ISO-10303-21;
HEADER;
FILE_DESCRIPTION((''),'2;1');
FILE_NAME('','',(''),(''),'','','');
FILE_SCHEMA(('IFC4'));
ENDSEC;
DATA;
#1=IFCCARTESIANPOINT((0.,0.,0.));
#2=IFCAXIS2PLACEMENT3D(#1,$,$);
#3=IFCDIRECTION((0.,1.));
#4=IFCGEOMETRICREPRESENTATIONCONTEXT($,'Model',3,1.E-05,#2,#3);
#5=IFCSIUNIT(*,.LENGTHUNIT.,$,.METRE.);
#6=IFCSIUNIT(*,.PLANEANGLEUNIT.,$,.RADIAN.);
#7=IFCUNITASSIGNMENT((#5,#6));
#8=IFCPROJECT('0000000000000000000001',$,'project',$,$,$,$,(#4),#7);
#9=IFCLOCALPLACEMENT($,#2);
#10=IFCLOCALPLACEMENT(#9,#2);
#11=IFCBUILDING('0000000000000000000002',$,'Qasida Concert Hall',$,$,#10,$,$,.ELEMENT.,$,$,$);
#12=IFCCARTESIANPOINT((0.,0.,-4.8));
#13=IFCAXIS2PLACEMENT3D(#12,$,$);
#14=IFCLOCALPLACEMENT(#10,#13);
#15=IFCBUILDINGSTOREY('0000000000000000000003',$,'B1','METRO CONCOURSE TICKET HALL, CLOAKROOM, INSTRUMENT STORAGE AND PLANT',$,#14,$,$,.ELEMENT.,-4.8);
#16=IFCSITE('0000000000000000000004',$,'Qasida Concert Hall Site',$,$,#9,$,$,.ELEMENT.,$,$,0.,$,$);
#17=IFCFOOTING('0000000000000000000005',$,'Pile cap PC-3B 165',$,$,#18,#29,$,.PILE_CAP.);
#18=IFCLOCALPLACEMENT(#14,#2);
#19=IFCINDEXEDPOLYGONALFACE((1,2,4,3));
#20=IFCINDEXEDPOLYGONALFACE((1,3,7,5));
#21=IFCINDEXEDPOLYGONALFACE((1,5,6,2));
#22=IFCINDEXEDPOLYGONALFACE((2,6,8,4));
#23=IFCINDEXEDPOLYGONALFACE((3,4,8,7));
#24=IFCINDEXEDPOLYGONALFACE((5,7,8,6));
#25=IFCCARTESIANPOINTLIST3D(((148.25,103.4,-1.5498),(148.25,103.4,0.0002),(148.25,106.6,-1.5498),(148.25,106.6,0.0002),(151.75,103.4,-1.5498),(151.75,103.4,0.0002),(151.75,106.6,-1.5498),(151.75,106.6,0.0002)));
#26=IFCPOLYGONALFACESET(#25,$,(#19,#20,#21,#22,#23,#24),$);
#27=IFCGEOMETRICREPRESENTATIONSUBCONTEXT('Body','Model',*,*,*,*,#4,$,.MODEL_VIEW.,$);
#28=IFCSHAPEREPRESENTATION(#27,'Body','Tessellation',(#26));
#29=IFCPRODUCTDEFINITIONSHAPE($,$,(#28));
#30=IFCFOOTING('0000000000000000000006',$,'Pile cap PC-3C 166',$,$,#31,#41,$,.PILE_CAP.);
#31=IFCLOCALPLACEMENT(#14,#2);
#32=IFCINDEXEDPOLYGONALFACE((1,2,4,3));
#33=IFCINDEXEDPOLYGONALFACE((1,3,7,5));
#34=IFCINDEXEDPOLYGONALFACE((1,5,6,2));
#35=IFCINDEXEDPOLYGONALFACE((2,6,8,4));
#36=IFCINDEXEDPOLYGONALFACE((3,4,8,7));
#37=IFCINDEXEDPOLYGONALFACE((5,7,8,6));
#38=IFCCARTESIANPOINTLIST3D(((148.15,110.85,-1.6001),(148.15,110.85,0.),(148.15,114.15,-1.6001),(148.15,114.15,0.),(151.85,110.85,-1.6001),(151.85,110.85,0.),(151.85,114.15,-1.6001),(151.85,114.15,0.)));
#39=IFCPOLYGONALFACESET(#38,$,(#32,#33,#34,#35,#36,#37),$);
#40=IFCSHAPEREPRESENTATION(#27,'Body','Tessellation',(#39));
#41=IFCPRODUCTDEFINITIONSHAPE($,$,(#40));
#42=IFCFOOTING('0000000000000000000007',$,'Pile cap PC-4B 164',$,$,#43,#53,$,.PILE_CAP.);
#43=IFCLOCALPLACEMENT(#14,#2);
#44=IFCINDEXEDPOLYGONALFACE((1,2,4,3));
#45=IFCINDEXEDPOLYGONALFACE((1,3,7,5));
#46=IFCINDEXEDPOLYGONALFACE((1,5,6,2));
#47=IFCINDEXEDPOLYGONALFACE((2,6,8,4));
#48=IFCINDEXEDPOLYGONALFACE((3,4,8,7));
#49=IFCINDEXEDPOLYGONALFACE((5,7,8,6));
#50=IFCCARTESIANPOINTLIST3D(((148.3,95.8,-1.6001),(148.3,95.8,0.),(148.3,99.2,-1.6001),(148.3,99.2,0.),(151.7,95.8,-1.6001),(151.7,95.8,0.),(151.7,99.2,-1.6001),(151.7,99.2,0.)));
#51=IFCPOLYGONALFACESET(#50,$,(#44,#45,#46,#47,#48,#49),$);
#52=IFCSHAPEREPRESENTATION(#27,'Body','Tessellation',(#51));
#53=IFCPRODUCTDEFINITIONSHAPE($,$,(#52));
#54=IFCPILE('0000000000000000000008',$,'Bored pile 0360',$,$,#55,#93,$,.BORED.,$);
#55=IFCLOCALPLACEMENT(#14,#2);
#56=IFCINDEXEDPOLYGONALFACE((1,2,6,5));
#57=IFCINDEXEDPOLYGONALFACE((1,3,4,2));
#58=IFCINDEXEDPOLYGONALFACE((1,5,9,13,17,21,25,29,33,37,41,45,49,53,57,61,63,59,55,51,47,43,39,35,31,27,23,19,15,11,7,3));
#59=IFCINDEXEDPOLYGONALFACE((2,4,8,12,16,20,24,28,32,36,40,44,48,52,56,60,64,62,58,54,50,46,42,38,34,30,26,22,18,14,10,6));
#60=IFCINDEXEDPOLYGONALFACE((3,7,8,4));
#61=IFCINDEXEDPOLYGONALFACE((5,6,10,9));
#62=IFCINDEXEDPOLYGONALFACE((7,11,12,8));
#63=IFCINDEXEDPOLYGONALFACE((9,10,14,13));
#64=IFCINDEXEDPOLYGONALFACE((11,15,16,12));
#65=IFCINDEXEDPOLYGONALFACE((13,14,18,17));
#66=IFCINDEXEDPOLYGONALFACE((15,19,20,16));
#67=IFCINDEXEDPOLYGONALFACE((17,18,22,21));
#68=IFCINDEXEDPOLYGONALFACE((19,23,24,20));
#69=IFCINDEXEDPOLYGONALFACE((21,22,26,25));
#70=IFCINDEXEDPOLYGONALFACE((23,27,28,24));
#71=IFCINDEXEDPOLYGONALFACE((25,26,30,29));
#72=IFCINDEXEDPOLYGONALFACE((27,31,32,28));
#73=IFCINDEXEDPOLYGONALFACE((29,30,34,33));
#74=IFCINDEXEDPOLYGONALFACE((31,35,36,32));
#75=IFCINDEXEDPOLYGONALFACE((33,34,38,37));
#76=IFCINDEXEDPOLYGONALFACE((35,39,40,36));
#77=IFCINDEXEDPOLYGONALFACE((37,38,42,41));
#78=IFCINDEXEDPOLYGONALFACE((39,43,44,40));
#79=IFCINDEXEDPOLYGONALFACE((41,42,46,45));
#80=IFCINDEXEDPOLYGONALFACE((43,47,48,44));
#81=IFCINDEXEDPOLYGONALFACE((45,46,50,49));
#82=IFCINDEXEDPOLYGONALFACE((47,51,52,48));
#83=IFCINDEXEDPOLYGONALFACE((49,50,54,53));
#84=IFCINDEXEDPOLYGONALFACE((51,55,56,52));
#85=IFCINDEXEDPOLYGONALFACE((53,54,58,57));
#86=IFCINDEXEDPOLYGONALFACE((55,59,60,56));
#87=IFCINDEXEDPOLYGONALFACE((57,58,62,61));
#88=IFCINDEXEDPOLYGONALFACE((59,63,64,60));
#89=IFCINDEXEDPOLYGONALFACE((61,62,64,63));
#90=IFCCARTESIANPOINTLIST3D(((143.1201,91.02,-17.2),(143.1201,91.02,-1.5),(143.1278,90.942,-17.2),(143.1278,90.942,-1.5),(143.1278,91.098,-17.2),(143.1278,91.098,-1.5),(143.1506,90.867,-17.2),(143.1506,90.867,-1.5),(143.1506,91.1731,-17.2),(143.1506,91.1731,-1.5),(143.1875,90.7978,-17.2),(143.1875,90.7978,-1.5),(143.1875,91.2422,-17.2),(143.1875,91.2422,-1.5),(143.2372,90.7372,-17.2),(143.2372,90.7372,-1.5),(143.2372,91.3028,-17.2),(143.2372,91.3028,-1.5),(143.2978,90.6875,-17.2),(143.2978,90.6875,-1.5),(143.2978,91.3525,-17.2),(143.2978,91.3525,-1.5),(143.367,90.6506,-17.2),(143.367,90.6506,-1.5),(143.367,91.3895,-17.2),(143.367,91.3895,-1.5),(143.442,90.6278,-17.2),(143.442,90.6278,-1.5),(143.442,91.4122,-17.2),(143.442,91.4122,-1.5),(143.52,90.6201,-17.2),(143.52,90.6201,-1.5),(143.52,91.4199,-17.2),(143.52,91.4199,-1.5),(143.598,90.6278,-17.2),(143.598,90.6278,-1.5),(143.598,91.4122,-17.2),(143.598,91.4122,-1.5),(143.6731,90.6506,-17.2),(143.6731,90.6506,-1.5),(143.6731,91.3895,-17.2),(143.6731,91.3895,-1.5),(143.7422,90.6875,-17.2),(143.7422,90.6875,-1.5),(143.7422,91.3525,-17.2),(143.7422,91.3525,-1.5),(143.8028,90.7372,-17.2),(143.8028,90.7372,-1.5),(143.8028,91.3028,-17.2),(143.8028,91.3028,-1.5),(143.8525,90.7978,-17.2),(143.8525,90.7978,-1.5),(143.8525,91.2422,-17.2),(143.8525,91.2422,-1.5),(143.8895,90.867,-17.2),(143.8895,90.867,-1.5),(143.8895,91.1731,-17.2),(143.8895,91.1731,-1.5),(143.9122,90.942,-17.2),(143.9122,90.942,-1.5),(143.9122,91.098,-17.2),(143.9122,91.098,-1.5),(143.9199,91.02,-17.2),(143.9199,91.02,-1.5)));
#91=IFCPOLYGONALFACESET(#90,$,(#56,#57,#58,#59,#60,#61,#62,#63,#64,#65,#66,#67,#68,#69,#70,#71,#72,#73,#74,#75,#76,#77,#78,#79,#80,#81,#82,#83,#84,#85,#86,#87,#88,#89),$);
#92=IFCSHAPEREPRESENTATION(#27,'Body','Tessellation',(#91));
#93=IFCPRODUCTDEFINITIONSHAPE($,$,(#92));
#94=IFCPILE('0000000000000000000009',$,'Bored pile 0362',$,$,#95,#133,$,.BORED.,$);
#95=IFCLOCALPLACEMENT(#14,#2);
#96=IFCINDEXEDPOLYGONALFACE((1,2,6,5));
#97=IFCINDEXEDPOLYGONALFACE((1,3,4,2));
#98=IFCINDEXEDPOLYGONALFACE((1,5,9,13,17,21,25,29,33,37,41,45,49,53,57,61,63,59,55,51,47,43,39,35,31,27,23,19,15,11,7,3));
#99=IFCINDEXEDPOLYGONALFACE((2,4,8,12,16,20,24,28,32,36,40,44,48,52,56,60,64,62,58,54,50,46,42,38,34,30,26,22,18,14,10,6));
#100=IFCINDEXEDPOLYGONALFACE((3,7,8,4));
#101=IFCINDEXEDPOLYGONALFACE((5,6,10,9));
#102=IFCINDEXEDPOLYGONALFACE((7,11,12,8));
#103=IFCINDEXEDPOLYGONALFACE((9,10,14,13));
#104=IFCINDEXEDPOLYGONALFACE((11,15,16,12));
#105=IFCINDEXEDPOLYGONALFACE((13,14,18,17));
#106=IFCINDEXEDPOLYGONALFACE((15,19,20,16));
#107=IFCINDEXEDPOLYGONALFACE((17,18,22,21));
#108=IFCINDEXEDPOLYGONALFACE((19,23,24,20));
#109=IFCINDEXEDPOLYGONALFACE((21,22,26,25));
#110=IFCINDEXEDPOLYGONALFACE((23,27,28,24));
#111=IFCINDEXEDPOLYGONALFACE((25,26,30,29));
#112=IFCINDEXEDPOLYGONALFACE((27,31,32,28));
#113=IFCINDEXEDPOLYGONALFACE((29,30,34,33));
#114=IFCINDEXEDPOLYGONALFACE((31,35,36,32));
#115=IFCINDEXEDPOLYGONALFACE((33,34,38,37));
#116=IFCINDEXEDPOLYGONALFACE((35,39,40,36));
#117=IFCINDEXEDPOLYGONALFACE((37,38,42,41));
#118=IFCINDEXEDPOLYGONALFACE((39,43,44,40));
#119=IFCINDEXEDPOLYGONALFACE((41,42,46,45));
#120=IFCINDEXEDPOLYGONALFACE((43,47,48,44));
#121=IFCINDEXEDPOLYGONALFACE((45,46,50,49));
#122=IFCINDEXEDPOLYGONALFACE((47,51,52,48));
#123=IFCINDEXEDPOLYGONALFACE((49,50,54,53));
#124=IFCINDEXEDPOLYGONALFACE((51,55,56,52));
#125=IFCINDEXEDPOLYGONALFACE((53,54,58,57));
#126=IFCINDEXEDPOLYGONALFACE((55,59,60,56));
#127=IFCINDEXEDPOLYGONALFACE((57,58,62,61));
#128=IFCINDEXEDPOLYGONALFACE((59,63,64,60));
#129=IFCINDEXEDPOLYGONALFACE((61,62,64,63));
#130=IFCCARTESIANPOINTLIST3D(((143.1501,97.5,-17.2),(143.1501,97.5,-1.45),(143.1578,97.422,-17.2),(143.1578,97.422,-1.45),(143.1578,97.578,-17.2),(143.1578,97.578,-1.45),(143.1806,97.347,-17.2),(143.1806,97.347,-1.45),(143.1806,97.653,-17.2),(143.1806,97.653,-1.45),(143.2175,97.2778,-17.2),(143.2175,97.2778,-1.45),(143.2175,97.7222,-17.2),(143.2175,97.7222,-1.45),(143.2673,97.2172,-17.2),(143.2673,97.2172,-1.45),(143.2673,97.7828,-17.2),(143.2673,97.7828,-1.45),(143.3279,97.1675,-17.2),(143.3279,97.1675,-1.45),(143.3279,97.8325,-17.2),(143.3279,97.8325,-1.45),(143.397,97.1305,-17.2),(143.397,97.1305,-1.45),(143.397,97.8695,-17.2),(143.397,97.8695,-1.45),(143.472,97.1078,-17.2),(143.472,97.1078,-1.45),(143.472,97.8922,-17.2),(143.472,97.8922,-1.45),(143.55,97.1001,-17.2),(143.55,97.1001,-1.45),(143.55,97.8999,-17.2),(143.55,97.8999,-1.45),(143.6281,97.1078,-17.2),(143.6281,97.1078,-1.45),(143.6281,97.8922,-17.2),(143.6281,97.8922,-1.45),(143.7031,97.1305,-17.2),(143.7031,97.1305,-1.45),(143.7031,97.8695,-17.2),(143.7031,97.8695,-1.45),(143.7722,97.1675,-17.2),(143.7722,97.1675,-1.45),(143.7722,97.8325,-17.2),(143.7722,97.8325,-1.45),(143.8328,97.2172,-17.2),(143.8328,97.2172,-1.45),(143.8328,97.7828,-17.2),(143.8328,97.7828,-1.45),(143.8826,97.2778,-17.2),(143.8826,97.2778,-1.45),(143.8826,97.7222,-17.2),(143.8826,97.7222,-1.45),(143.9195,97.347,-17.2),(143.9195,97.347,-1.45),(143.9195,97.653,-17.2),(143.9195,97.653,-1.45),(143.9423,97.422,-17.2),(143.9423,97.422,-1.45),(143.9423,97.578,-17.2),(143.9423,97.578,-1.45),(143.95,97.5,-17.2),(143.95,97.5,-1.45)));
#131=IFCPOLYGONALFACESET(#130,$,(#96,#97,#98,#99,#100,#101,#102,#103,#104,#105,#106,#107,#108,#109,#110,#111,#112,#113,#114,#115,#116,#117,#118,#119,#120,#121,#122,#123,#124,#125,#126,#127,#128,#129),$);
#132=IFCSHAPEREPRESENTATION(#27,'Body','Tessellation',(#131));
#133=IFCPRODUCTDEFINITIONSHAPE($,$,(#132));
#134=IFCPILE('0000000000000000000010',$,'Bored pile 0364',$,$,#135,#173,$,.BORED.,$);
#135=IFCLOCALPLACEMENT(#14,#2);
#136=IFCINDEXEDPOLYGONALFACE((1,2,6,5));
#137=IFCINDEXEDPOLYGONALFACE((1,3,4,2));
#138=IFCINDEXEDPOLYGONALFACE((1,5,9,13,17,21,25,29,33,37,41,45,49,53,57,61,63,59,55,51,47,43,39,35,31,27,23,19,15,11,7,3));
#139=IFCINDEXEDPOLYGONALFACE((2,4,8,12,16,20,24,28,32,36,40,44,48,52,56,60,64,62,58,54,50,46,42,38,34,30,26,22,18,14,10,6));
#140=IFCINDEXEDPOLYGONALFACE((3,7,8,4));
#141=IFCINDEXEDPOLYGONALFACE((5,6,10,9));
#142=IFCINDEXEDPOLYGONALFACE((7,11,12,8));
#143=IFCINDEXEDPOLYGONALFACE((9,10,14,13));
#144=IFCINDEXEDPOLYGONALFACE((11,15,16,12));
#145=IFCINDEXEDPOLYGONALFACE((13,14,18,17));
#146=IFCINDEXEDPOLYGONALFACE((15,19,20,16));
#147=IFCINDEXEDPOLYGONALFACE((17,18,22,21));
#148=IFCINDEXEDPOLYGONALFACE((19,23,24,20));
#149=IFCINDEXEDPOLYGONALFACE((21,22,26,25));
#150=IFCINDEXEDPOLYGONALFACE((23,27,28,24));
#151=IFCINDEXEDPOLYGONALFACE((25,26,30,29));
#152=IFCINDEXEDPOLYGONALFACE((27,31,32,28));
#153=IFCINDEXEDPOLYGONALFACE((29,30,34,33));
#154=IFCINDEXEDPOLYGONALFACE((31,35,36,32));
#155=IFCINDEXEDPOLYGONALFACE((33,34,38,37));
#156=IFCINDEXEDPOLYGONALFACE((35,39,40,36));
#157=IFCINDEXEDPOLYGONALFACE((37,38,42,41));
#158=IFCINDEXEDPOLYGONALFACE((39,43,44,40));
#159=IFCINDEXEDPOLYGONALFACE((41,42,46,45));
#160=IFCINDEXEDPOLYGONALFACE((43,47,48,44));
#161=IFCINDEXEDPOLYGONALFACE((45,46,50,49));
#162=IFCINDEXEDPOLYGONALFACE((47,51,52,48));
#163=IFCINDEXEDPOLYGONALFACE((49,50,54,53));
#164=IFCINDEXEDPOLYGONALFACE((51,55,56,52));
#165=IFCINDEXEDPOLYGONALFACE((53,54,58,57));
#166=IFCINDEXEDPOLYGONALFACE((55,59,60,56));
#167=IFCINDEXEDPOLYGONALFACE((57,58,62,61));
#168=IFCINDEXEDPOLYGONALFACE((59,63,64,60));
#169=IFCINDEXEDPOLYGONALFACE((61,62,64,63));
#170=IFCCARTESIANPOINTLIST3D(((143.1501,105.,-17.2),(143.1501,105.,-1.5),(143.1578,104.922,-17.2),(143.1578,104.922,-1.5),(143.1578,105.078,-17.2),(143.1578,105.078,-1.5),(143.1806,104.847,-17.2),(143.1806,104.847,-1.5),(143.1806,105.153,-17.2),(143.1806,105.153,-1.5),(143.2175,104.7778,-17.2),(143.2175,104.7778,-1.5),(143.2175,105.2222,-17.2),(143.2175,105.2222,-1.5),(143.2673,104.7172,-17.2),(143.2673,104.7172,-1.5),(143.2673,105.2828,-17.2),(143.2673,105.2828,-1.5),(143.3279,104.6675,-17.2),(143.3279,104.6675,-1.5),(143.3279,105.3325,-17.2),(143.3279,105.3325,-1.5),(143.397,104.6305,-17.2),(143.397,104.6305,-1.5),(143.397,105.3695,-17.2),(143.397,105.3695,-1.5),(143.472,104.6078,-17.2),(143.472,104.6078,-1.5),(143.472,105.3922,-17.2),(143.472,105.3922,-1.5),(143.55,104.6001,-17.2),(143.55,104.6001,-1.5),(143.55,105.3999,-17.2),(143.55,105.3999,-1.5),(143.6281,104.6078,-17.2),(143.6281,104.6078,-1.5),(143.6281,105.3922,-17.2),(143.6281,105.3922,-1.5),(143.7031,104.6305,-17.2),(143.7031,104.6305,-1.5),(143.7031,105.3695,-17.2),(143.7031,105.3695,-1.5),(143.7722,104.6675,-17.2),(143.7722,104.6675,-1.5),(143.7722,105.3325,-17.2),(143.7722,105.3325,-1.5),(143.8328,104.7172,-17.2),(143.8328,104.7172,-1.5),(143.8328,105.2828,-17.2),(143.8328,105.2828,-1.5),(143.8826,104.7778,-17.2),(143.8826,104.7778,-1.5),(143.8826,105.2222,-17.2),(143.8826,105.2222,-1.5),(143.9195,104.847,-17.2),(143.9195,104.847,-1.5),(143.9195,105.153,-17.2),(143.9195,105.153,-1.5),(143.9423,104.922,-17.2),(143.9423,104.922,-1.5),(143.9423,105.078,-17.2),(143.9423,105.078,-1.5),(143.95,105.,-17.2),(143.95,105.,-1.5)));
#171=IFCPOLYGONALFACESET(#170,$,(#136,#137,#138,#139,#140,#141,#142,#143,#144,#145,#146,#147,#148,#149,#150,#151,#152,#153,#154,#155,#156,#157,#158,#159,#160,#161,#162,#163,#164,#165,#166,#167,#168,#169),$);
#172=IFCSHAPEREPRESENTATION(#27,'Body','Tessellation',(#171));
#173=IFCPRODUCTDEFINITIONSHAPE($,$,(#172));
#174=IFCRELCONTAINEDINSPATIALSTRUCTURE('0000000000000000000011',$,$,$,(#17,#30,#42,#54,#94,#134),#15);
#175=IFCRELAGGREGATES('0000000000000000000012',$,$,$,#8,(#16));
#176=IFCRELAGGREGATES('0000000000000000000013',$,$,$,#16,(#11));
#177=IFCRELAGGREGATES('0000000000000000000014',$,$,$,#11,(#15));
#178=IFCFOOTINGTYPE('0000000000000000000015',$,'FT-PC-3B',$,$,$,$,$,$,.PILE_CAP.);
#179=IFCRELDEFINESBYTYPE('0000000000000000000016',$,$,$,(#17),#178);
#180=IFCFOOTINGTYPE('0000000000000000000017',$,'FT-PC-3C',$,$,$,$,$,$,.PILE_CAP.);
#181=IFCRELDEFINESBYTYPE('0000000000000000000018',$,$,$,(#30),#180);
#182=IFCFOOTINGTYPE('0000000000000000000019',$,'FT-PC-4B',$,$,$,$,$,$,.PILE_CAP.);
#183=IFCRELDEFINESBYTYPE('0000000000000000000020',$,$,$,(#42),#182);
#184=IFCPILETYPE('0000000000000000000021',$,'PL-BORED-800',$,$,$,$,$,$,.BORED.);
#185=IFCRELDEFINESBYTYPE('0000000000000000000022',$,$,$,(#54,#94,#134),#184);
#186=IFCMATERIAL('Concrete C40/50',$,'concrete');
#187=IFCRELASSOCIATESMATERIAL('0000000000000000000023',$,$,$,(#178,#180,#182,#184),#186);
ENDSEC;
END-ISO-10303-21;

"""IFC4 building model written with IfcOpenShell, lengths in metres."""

from ifc_helpers import new_model, si_unit, direction, frame, origin, origin_2d, place, context, subcontext, project, spatial, rectangle, circle, extrude, material, material_profile, profile_set, type_object, element, save


model = new_model("IFC4")

# Units and contexts
model_context = context("Model", 3, precision=1e-05, world=origin(), true_north=direction((0.0, 1.0)))
body_context = subcontext(model_context, "Body", "Model", "MODEL_VIEW")
ifc_project = project(units=[si_unit("LENGTHUNIT", "METRE"), si_unit("PLANEANGLEUNIT", "RADIAN")], contexts=[model_context])

# Site, building, storey
site_placement = place(None, origin())
site = spatial("IfcSite", under=ifc_project, at=site_placement, Name="Qasida Concert Hall Site", CompositionType="ELEMENT", RefElevation=0.0)
building_placement = place(site_placement, origin())
building = spatial("IfcBuilding", under=site, at=building_placement, Name="Qasida Concert Hall", CompositionType="ELEMENT")
storey_placement = place(building_placement, frame((0.0, 0.0, -4.8)))
storey = spatial("IfcBuildingStorey", under=building, at=storey_placement, Name="B1", Description="METRO CONCOURSE TICKET HALL, CLOAKROOM, INSTRUMENT STORAGE AND PLANT", CompositionType="ELEMENT", Elevation=-4.8)

# Footings
ifc_material_1 = material(Name="Concrete C40/50", Category="concrete")
footing_type_1 = type_object("IfcFootingType", Name="FT-PC-3B", PredefinedType="PILE_CAP", material=ifc_material_1)
footing_1_placement = place(storey_placement, frame((150.0, 105.0, -1.5498), z_axis=(0.0, 0.0, 1.0), x_axis=(1.0, 0.0, 0.0)))
element("IfcFooting", 1, at=footing_1_placement, inside=storey, type_object=footing_type_1, Name="Pile cap PC-3B 165", PredefinedType="PILE_CAP", context=body_context, shape_type="SweptSolid", body=[
    extrude(rectangle(XDim=3.5, YDim=3.2, at=origin_2d()), origin(), (0.0, 0.0, 1.0), 1.55),
])
footing_type_2 = type_object("IfcFootingType", Name="FT-PC-3C", PredefinedType="PILE_CAP", material=ifc_material_1)
footing_2_placement = place(storey_placement, frame((150.0, 112.5, -1.6001), z_axis=(0.0, 0.0, 1.0), x_axis=(1.0, 0.0, 0.0)))
element("IfcFooting", 2, at=footing_2_placement, inside=storey, type_object=footing_type_2, Name="Pile cap PC-3C 166", PredefinedType="PILE_CAP", context=body_context, shape_type="SweptSolid", body=[
    extrude(rectangle(XDim=3.7, YDim=3.3, at=origin_2d()), origin(), (0.0, 0.0, 1.0), 1.6001),
])
footing_type_3 = type_object("IfcFootingType", Name="FT-PC-4B", PredefinedType="PILE_CAP", material=ifc_material_1)
footing_3_placement = place(storey_placement, frame((150.0, 97.5, -1.6001), z_axis=(0.0, 0.0, 1.0), x_axis=(1.0, 0.0, 0.0)))
element("IfcFooting", 3, at=footing_3_placement, inside=storey, type_object=footing_type_3, Name="Pile cap PC-4B 164", PredefinedType="PILE_CAP", context=body_context, shape_type="SweptSolid", body=[
    extrude(rectangle(XDim=3.3999, YDim=3.3999, at=origin_2d()), origin(), (0.0, 0.0, 1.0), 1.6001),
])

# Piles
ifc_material_profile_1 = material_profile(ifc_material_1, circle(Radius=0.3999, at=origin_2d()), Name="BORED PILE D800")
ifc_profile_set_1 = profile_set([ifc_material_profile_1], Name="Concrete C40/50")
pile_type = type_object("IfcPileType", Name="PL-BORED-800", PredefinedType="BORED", material=ifc_profile_set_1)
pile_1_placement = place(storey_placement, frame((143.52, 91.02, -1.5), z_axis=(0.0, 0.0, -1.0), x_axis=(1.0, 0.0, 0.0)))
element("IfcPile", 4, at=pile_1_placement, inside=storey, type_object=pile_type, Name="Bored pile 0360", PredefinedType="BORED", context=body_context, shape_type="SweptSolid", body=[
    extrude(circle(Radius=0.3999, at=origin_2d()), origin(), (0.0, 0.0, 1.0), 15.7),
])
pile_2_placement = place(storey_placement, frame((143.55, 97.5, -1.45), z_axis=(0.0, 0.0, -1.0), x_axis=(1.0, 0.0, 0.0)))
element("IfcPile", 5, at=pile_2_placement, inside=storey, type_object=pile_type, Name="Bored pile 0362", PredefinedType="BORED", context=body_context, shape_type="SweptSolid", body=[
    extrude(circle(Radius=0.3999, at=origin_2d()), origin(), (0.0, 0.0, 1.0), 15.75),
])
pile_3_placement = place(storey_placement, frame((143.55, 105.0, -1.5), z_axis=(0.0, 0.0, -1.0), x_axis=(1.0, 0.0, 0.0)))
element("IfcPile", 6, at=pile_3_placement, inside=storey, type_object=pile_type, Name="Bored pile 0364", PredefinedType="BORED", context=body_context, shape_type="SweptSolid", body=[
    extrude(circle(Radius=0.3999, at=origin_2d()), origin(), (0.0, 0.0, 1.0), 15.7),
])

save(model, "model.ifc")
